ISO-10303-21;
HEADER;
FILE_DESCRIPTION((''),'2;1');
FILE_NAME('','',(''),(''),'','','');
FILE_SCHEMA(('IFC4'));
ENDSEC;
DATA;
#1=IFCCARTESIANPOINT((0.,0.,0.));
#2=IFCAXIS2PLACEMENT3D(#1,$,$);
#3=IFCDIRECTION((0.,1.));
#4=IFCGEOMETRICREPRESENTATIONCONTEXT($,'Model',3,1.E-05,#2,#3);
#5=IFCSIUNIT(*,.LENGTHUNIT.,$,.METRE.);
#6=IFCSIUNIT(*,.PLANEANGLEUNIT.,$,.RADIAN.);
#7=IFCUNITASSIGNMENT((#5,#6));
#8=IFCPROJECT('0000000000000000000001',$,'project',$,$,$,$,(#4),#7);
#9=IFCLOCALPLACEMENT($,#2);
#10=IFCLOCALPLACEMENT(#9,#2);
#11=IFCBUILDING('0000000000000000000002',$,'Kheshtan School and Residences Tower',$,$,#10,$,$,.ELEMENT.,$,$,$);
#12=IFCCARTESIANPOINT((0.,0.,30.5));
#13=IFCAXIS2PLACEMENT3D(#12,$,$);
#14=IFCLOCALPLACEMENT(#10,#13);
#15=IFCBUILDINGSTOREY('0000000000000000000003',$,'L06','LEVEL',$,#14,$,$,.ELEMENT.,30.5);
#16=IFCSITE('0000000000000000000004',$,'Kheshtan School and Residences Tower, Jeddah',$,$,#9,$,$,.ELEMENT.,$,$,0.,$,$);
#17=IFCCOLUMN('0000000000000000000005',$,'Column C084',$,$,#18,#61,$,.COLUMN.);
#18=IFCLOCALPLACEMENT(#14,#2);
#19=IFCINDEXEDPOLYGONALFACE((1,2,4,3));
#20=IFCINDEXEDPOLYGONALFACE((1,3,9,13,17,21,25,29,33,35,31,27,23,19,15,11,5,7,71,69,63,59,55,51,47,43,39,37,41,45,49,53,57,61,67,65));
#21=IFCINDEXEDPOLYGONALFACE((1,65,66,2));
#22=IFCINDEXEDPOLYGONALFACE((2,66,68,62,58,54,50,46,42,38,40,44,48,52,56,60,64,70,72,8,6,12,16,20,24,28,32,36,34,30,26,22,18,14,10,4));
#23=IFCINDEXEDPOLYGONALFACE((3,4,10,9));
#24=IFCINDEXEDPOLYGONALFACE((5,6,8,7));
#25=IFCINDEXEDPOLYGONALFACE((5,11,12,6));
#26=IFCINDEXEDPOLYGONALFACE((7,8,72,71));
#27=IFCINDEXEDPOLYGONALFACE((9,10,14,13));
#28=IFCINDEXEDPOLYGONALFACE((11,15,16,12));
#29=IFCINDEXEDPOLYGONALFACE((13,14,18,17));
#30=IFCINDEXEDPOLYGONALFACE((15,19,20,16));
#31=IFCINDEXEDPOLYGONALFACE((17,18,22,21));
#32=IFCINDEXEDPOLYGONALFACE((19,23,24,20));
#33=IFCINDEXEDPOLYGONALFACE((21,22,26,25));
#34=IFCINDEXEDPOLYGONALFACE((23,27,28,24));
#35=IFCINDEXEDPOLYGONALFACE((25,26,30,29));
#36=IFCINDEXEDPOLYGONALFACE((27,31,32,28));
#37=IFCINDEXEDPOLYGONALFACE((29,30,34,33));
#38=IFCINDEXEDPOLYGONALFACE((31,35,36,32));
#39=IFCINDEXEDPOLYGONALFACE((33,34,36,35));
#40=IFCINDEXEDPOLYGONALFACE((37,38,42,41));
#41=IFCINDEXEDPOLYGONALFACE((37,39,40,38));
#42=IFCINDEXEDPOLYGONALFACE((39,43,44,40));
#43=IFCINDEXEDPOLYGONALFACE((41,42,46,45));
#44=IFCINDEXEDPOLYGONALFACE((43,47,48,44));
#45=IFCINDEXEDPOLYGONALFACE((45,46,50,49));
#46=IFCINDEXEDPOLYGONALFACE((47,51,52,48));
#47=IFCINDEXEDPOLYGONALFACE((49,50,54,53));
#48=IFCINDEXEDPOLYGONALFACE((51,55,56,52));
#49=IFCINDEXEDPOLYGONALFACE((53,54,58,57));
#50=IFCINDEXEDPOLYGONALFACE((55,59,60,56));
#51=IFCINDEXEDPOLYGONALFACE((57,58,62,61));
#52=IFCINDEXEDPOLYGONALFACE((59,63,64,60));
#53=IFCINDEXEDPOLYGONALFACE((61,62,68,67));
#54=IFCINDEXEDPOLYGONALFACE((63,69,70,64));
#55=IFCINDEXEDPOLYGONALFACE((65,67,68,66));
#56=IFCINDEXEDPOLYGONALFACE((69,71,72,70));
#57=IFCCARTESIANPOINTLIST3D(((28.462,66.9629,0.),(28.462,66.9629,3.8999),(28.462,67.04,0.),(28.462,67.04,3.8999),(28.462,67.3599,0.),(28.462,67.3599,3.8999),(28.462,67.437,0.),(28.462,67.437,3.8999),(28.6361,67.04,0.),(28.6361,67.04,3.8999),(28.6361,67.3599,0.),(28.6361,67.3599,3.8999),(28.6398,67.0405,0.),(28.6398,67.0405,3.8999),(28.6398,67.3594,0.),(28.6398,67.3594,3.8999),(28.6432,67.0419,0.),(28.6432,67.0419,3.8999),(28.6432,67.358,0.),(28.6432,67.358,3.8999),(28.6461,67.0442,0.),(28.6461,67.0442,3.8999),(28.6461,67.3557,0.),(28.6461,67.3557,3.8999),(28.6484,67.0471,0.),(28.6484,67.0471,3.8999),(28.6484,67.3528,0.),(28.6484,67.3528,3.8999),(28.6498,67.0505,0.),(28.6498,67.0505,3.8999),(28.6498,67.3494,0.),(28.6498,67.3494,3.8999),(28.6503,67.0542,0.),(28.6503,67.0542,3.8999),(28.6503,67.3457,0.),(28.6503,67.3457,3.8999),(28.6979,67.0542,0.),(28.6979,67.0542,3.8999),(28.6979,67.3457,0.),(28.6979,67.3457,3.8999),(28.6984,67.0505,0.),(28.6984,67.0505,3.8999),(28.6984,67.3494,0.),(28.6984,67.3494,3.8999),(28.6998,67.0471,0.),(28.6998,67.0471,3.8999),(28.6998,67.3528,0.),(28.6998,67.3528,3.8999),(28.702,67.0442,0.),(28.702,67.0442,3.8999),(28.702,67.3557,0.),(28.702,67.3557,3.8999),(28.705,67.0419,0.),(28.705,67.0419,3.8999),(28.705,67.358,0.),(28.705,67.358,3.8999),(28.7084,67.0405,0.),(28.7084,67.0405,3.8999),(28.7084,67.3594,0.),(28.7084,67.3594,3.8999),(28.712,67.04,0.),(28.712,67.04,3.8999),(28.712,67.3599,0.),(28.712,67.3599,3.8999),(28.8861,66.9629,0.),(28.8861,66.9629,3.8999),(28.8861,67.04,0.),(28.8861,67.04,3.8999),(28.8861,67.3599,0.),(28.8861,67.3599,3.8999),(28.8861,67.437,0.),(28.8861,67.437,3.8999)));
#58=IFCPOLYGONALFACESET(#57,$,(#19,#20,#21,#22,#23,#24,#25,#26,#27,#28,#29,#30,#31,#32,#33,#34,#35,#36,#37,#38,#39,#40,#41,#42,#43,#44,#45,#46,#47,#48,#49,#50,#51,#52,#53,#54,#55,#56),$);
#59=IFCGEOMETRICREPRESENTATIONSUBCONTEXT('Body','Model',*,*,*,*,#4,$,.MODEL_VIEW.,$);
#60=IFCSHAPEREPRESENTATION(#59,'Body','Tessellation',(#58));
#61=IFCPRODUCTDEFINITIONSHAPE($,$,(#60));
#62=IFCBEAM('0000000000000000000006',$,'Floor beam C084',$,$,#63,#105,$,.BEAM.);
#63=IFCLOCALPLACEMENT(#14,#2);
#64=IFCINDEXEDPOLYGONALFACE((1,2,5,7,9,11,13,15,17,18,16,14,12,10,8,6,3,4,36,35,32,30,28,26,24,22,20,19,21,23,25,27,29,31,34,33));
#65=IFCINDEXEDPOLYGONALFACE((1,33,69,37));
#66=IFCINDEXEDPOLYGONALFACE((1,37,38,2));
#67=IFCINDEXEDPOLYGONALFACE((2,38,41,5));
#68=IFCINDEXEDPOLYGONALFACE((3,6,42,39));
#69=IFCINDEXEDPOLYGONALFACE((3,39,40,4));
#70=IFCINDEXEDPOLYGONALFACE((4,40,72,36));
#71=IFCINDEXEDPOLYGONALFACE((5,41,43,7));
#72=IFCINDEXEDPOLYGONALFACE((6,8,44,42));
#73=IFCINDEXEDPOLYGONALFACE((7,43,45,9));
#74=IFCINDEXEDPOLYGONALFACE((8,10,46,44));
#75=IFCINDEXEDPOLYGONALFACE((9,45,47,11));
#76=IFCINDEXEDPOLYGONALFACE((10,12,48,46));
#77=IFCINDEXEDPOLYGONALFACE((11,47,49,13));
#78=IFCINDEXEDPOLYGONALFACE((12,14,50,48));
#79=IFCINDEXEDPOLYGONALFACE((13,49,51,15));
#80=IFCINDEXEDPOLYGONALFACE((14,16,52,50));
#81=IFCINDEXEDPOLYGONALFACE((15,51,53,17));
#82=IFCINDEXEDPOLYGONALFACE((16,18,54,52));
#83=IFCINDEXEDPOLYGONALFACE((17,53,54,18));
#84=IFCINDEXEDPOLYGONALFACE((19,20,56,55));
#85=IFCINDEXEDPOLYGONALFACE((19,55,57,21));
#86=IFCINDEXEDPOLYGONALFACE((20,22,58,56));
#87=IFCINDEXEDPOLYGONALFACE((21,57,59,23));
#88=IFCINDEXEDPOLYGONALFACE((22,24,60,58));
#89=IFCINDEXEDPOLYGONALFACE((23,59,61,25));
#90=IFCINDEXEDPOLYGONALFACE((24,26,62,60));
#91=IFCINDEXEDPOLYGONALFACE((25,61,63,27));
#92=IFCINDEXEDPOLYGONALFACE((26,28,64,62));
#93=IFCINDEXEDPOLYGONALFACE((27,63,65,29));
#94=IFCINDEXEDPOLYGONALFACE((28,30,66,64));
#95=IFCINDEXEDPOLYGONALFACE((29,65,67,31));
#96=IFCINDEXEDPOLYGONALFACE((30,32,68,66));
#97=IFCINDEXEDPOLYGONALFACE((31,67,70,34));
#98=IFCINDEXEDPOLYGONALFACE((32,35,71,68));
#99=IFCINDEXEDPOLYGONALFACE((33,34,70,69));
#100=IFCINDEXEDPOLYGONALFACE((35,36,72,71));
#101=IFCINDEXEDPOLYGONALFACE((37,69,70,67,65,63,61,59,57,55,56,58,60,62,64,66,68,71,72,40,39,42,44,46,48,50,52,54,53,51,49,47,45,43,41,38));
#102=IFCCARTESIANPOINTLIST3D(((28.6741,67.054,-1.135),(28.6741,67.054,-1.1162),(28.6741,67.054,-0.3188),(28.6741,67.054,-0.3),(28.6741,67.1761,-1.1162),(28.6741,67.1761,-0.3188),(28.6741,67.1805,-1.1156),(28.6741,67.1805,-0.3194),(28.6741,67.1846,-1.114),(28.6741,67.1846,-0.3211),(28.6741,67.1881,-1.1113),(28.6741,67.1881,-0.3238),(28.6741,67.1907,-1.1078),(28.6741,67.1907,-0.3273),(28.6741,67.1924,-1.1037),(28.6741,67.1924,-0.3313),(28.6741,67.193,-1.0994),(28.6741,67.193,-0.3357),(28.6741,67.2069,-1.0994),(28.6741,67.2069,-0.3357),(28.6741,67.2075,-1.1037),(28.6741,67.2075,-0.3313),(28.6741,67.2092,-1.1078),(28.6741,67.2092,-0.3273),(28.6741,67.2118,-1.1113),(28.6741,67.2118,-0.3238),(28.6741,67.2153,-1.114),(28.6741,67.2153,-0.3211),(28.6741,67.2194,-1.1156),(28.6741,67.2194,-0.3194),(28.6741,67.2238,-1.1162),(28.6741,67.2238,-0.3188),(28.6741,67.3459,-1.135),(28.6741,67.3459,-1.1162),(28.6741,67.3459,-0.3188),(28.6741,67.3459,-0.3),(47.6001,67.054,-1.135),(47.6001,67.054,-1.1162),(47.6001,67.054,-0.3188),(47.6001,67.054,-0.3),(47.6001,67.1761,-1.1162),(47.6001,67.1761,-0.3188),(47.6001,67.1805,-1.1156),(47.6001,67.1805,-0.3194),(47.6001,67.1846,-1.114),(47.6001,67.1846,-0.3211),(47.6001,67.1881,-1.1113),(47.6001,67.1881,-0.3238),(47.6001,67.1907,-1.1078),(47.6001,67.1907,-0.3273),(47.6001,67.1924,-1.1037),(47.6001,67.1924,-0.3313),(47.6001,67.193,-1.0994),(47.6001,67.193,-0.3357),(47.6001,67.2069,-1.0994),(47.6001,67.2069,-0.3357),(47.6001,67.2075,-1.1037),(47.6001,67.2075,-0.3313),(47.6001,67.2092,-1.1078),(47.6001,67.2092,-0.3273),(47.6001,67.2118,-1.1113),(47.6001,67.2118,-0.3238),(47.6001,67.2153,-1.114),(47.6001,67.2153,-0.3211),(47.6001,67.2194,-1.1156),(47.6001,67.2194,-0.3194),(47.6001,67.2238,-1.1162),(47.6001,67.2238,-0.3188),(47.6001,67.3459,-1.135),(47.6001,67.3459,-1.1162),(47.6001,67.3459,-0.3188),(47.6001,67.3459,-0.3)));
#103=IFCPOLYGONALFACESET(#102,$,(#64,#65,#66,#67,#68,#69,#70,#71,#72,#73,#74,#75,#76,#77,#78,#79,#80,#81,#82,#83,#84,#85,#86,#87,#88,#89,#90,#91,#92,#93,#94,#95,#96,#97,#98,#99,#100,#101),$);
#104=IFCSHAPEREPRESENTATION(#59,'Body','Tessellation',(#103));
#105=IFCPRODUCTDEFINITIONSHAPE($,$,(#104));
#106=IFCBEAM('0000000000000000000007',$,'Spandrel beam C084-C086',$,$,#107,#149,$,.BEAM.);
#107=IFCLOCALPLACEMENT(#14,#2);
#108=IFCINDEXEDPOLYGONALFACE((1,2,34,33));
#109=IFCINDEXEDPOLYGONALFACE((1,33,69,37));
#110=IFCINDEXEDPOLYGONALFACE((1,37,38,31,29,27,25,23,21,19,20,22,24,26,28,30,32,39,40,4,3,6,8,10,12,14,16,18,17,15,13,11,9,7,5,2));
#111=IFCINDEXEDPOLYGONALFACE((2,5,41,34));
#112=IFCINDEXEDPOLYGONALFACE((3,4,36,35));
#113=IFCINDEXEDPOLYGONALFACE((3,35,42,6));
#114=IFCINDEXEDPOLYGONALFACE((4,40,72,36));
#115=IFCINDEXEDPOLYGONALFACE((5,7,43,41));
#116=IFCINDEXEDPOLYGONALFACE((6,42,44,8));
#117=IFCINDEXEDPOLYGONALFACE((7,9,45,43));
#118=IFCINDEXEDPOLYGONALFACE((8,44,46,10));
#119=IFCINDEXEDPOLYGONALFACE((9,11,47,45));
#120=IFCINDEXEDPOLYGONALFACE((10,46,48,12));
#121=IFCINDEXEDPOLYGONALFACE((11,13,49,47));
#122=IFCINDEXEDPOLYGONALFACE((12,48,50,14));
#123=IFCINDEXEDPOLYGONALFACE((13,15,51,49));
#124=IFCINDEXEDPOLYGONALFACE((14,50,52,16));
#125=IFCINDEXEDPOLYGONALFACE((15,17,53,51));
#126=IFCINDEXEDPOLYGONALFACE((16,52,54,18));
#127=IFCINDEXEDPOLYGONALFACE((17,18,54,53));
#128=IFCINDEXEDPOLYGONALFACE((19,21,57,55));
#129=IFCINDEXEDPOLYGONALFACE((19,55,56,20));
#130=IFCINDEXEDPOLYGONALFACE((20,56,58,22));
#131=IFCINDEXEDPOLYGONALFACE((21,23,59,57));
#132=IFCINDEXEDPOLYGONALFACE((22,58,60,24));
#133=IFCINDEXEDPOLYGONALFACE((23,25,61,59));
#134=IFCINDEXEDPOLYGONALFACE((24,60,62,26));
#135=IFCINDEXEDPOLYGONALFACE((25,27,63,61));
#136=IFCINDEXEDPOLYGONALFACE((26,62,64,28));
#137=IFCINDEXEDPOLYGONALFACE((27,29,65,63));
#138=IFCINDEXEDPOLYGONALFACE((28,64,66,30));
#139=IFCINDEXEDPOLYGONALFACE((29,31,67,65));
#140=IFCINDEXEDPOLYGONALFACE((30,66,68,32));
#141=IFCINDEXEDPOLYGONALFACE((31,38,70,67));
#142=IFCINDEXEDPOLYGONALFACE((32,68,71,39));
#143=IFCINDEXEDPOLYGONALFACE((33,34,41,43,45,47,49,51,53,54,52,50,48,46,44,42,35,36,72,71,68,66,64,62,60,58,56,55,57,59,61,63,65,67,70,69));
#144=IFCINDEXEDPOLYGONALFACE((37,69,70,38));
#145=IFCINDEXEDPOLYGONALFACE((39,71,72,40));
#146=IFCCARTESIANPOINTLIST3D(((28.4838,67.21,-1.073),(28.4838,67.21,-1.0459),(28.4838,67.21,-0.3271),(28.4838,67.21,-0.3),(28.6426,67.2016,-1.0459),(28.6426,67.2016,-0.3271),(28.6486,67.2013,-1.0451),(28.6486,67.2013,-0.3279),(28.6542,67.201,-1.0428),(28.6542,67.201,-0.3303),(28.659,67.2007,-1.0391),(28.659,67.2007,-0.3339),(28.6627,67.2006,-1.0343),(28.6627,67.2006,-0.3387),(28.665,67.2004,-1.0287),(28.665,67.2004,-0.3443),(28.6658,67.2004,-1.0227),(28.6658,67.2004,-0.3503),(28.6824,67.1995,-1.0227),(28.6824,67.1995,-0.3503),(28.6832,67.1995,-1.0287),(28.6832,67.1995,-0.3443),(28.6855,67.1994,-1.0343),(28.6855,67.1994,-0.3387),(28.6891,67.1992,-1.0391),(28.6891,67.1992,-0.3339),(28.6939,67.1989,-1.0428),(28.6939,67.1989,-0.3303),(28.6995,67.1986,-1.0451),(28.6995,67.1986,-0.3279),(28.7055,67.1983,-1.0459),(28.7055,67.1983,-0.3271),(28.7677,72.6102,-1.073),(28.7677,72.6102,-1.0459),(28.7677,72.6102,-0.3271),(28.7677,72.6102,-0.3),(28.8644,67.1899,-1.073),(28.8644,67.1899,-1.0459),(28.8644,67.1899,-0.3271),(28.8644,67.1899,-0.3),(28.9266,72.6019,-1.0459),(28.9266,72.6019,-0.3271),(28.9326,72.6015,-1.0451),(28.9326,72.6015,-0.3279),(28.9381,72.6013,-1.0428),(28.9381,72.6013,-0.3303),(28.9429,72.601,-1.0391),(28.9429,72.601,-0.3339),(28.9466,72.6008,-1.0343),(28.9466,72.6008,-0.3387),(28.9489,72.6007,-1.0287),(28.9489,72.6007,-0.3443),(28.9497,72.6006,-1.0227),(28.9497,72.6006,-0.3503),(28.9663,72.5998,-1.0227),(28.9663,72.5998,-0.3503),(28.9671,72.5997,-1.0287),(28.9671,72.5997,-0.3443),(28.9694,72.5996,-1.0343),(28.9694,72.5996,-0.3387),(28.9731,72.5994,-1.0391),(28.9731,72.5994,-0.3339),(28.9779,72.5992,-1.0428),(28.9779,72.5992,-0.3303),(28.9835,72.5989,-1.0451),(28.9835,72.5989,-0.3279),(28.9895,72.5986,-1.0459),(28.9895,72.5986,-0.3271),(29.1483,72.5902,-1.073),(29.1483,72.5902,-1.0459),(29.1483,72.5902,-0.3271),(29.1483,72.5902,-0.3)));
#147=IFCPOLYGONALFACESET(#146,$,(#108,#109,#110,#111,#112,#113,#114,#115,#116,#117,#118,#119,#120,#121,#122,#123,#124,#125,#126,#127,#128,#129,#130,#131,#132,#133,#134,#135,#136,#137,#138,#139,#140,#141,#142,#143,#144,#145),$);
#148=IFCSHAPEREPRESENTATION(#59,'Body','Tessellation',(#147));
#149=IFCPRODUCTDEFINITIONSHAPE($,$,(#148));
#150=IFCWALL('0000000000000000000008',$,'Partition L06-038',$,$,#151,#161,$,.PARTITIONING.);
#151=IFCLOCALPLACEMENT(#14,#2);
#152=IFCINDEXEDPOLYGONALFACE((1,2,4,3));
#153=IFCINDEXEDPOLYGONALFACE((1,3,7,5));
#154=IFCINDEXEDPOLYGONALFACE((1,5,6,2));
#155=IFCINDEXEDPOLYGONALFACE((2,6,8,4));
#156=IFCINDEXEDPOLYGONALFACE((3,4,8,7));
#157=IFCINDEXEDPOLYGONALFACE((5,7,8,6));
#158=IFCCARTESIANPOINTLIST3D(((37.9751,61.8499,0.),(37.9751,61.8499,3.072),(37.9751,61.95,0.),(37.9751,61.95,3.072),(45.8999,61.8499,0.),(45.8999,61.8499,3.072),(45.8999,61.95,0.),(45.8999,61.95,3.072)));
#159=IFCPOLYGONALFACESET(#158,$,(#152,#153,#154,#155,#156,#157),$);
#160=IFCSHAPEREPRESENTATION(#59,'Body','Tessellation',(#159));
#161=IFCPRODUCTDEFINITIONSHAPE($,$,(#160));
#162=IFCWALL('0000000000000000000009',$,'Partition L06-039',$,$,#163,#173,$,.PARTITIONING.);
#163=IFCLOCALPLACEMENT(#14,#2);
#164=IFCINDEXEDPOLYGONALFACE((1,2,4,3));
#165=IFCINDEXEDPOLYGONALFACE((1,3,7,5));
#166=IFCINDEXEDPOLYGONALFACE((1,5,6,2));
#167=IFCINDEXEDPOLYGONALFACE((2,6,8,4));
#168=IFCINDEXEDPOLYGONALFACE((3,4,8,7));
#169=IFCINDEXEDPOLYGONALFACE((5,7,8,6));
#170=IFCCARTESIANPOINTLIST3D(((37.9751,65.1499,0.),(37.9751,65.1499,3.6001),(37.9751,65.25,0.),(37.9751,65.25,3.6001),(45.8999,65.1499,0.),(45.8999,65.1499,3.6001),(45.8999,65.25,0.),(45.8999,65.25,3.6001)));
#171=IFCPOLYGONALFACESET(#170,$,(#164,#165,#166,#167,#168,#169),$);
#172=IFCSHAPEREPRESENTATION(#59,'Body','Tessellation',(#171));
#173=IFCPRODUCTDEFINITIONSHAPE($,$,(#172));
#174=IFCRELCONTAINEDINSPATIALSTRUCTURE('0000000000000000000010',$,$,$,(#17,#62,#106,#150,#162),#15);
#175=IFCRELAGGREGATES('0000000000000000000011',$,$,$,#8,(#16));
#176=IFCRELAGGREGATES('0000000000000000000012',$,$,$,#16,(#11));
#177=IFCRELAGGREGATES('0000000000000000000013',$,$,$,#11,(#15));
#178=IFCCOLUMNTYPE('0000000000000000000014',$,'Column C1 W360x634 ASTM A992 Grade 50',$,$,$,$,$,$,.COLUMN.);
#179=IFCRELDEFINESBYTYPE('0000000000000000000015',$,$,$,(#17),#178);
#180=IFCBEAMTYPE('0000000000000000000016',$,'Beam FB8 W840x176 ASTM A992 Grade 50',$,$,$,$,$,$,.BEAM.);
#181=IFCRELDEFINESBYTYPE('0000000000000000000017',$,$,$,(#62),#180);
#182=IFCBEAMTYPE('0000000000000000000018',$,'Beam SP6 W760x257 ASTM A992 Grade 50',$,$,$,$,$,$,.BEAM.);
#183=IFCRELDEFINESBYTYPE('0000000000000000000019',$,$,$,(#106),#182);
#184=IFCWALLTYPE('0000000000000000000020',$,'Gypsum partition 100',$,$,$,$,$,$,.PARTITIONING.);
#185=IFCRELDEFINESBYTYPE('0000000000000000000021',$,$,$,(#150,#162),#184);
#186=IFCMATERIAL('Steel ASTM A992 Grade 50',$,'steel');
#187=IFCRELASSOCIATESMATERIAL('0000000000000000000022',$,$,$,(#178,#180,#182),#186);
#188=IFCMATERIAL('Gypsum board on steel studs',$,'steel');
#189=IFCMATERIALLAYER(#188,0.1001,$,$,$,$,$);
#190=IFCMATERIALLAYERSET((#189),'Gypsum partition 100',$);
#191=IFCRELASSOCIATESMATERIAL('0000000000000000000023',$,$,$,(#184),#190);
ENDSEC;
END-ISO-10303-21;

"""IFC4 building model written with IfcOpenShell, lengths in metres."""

from ifc_helpers import new_model, si_unit, direction, frame, frame_2d, origin, origin_2d, place, context, subcontext, project, spatial, rectangle, i_section, extrude, material, layer, layer_set, material_profile, profile_set, type_object, element, save


model = new_model("IFC4")

# Units and contexts
model_context = context("Model", 3, precision=1e-05, world=origin(), true_north=direction((0.0, 1.0)))
body_context = subcontext(model_context, "Body", "Model", "MODEL_VIEW")
ifc_project = project(units=[si_unit("LENGTHUNIT", "METRE"), si_unit("PLANEANGLEUNIT", "RADIAN")], contexts=[model_context])

# Site, building, storey
site_placement = place(None, origin())
site = spatial("IfcSite", under=ifc_project, at=site_placement, Name="Kheshtan School and Residences Tower, Jeddah", CompositionType="ELEMENT", RefElevation=0.0)
building_placement = place(site_placement, origin())
building = spatial("IfcBuilding", under=site, at=building_placement, Name="Kheshtan School and Residences Tower", CompositionType="ELEMENT")
storey_placement = place(building_placement, frame((0.0, 0.0, 30.5)))
storey = spatial("IfcBuildingStorey", under=building, at=storey_placement, Name="L06", Description="LEVEL", CompositionType="ELEMENT", Elevation=30.5)

# Column
ifc_material_1 = material(Name="Steel ASTM A992 Grade 50", Category="steel")
ifc_material_profile_1 = material_profile(ifc_material_1, i_section(OverallWidth=0.4241, OverallDepth=0.4741, WebThickness=0.0476, FlangeThickness=0.0771, FilletRadius=0.0142, at=origin_2d()), Name="W360x634")
ifc_profile_set_1 = profile_set([ifc_material_profile_1], Name="Steel ASTM A992 Grade 50")
column_type = type_object("IfcColumnType", Name="Column C1 W360x634 ASTM A992 Grade 50", PredefinedType="COLUMN", material=ifc_profile_set_1)
column_placement = place(storey_placement, frame((28.6741, 67.2, 0.0), z_axis=(0.0, 0.0, 1.0), x_axis=(1.0, 0.0, 0.0)))
element("IfcColumn", 1, at=column_placement, inside=storey, type_object=column_type, Name="Column C084", PredefinedType="COLUMN", context=body_context, shape_type="SweptSolid", body=[
    extrude(i_section(OverallWidth=0.4241, OverallDepth=0.4741, WebThickness=0.0476, FlangeThickness=0.0771, FilletRadius=0.0142, at=origin_2d()), origin(), (0.0, 0.0, 1.0), 3.8999),
])

# Beams
ifc_material_profile_2 = material_profile(ifc_material_1, i_section(OverallWidth=0.292, OverallDepth=0.835, WebThickness=0.0139, FlangeThickness=0.0188, FilletRadius=0.0168, at=origin_2d()), Name="W840x176")
ifc_profile_set_2 = profile_set([ifc_material_profile_2], Name="Steel ASTM A992 Grade 50")
beam_type_1 = type_object("IfcBeamType", Name="Beam FB8 W840x176 ASTM A992 Grade 50", PredefinedType="BEAM", material=ifc_profile_set_2)
beam_1_placement = place(storey_placement, frame((28.6741, 67.2, -0.7175), z_axis=(1.0, 0.0, 0.0), x_axis=(0.0, 1.0, 0.0)))
element("IfcBeam", 2, at=beam_1_placement, inside=storey, type_object=beam_type_1, Name="Floor beam C084", PredefinedType="BEAM", context=body_context, shape_type="SweptSolid", body=[
    extrude(i_section(OverallWidth=0.292, OverallDepth=0.835, WebThickness=0.0139, FlangeThickness=0.0188, FilletRadius=0.0168, at=origin_2d()), origin(), (0.0, 0.0, 1.0), 18.926),
])
ifc_material_profile_3 = material_profile(ifc_material_1, i_section(OverallWidth=0.3811, OverallDepth=0.7729, WebThickness=0.0166, FlangeThickness=0.0271, FilletRadius=0.0232, at=origin_2d()), Name="W760x257")
ifc_profile_set_3 = profile_set([ifc_material_profile_3], Name="Steel ASTM A992 Grade 50")
beam_type_2 = type_object("IfcBeamType", Name="Beam SP6 W760x257 ASTM A992 Grade 50", PredefinedType="BEAM", material=ifc_profile_set_3)
beam_2_placement = place(storey_placement, frame((28.6741, 67.2, -0.6865), z_axis=(0.052507, 0.998621, 0.0), x_axis=(-0.998621, 0.052507, 0.0)))
element("IfcBeam", 3, at=beam_2_placement, inside=storey, type_object=beam_type_2, Name="Spandrel beam C084-C086", PredefinedType="BEAM", context=body_context, shape_type="SweptSolid", body=[
    extrude(i_section(OverallWidth=0.3811, OverallDepth=0.7729, WebThickness=0.0166, FlangeThickness=0.0271, FilletRadius=0.0232, at=origin_2d()), origin(), (0.0, 0.0, 1.0), 5.4077),
])

# Walls
ifc_material_2 = material(Name="Gypsum board on steel studs", Category="steel")
ifc_layer_1 = layer(ifc_material_2, 0.1001)
ifc_layer_set_1 = layer_set([ifc_layer_1], Name="Gypsum partition 100")
wall_type_1 = type_object("IfcWallType", Name="Gypsum partition 100", PredefinedType="PARTITIONING", material=ifc_layer_set_1)
wall_1_placement = place(storey_placement, frame((37.9751, 61.8999, 0.0), z_axis=(0.0, 0.0, 1.0), x_axis=(1.0, 0.0, 0.0)))
element("IfcWall", 4, at=wall_1_placement, inside=storey, type_object=wall_type_1, Name="Partition L06-038", PredefinedType="PARTITIONING", context=body_context, shape_type="SweptSolid", body=[
    extrude(rectangle(XDim=7.9248, YDim=0.1001, at=frame_2d((3.9624, 0.0))), origin(), (0.0, 0.0, 1.0), 3.072),
])
wall_2_placement = place(storey_placement, frame((37.9751, 65.2, 0.0), z_axis=(0.0, 0.0, 1.0), x_axis=(1.0, 0.0, 0.0)))
element("IfcWall", 5, at=wall_2_placement, inside=storey, type_object=wall_type_1, Name="Partition L06-039", PredefinedType="PARTITIONING", context=body_context, shape_type="SweptSolid", body=[
    extrude(rectangle(XDim=7.9248, YDim=0.1001, at=frame_2d((3.9624, 0.0))), origin(), (0.0, 0.0, 1.0), 3.6001),
])

save(model, "model.ifc")
